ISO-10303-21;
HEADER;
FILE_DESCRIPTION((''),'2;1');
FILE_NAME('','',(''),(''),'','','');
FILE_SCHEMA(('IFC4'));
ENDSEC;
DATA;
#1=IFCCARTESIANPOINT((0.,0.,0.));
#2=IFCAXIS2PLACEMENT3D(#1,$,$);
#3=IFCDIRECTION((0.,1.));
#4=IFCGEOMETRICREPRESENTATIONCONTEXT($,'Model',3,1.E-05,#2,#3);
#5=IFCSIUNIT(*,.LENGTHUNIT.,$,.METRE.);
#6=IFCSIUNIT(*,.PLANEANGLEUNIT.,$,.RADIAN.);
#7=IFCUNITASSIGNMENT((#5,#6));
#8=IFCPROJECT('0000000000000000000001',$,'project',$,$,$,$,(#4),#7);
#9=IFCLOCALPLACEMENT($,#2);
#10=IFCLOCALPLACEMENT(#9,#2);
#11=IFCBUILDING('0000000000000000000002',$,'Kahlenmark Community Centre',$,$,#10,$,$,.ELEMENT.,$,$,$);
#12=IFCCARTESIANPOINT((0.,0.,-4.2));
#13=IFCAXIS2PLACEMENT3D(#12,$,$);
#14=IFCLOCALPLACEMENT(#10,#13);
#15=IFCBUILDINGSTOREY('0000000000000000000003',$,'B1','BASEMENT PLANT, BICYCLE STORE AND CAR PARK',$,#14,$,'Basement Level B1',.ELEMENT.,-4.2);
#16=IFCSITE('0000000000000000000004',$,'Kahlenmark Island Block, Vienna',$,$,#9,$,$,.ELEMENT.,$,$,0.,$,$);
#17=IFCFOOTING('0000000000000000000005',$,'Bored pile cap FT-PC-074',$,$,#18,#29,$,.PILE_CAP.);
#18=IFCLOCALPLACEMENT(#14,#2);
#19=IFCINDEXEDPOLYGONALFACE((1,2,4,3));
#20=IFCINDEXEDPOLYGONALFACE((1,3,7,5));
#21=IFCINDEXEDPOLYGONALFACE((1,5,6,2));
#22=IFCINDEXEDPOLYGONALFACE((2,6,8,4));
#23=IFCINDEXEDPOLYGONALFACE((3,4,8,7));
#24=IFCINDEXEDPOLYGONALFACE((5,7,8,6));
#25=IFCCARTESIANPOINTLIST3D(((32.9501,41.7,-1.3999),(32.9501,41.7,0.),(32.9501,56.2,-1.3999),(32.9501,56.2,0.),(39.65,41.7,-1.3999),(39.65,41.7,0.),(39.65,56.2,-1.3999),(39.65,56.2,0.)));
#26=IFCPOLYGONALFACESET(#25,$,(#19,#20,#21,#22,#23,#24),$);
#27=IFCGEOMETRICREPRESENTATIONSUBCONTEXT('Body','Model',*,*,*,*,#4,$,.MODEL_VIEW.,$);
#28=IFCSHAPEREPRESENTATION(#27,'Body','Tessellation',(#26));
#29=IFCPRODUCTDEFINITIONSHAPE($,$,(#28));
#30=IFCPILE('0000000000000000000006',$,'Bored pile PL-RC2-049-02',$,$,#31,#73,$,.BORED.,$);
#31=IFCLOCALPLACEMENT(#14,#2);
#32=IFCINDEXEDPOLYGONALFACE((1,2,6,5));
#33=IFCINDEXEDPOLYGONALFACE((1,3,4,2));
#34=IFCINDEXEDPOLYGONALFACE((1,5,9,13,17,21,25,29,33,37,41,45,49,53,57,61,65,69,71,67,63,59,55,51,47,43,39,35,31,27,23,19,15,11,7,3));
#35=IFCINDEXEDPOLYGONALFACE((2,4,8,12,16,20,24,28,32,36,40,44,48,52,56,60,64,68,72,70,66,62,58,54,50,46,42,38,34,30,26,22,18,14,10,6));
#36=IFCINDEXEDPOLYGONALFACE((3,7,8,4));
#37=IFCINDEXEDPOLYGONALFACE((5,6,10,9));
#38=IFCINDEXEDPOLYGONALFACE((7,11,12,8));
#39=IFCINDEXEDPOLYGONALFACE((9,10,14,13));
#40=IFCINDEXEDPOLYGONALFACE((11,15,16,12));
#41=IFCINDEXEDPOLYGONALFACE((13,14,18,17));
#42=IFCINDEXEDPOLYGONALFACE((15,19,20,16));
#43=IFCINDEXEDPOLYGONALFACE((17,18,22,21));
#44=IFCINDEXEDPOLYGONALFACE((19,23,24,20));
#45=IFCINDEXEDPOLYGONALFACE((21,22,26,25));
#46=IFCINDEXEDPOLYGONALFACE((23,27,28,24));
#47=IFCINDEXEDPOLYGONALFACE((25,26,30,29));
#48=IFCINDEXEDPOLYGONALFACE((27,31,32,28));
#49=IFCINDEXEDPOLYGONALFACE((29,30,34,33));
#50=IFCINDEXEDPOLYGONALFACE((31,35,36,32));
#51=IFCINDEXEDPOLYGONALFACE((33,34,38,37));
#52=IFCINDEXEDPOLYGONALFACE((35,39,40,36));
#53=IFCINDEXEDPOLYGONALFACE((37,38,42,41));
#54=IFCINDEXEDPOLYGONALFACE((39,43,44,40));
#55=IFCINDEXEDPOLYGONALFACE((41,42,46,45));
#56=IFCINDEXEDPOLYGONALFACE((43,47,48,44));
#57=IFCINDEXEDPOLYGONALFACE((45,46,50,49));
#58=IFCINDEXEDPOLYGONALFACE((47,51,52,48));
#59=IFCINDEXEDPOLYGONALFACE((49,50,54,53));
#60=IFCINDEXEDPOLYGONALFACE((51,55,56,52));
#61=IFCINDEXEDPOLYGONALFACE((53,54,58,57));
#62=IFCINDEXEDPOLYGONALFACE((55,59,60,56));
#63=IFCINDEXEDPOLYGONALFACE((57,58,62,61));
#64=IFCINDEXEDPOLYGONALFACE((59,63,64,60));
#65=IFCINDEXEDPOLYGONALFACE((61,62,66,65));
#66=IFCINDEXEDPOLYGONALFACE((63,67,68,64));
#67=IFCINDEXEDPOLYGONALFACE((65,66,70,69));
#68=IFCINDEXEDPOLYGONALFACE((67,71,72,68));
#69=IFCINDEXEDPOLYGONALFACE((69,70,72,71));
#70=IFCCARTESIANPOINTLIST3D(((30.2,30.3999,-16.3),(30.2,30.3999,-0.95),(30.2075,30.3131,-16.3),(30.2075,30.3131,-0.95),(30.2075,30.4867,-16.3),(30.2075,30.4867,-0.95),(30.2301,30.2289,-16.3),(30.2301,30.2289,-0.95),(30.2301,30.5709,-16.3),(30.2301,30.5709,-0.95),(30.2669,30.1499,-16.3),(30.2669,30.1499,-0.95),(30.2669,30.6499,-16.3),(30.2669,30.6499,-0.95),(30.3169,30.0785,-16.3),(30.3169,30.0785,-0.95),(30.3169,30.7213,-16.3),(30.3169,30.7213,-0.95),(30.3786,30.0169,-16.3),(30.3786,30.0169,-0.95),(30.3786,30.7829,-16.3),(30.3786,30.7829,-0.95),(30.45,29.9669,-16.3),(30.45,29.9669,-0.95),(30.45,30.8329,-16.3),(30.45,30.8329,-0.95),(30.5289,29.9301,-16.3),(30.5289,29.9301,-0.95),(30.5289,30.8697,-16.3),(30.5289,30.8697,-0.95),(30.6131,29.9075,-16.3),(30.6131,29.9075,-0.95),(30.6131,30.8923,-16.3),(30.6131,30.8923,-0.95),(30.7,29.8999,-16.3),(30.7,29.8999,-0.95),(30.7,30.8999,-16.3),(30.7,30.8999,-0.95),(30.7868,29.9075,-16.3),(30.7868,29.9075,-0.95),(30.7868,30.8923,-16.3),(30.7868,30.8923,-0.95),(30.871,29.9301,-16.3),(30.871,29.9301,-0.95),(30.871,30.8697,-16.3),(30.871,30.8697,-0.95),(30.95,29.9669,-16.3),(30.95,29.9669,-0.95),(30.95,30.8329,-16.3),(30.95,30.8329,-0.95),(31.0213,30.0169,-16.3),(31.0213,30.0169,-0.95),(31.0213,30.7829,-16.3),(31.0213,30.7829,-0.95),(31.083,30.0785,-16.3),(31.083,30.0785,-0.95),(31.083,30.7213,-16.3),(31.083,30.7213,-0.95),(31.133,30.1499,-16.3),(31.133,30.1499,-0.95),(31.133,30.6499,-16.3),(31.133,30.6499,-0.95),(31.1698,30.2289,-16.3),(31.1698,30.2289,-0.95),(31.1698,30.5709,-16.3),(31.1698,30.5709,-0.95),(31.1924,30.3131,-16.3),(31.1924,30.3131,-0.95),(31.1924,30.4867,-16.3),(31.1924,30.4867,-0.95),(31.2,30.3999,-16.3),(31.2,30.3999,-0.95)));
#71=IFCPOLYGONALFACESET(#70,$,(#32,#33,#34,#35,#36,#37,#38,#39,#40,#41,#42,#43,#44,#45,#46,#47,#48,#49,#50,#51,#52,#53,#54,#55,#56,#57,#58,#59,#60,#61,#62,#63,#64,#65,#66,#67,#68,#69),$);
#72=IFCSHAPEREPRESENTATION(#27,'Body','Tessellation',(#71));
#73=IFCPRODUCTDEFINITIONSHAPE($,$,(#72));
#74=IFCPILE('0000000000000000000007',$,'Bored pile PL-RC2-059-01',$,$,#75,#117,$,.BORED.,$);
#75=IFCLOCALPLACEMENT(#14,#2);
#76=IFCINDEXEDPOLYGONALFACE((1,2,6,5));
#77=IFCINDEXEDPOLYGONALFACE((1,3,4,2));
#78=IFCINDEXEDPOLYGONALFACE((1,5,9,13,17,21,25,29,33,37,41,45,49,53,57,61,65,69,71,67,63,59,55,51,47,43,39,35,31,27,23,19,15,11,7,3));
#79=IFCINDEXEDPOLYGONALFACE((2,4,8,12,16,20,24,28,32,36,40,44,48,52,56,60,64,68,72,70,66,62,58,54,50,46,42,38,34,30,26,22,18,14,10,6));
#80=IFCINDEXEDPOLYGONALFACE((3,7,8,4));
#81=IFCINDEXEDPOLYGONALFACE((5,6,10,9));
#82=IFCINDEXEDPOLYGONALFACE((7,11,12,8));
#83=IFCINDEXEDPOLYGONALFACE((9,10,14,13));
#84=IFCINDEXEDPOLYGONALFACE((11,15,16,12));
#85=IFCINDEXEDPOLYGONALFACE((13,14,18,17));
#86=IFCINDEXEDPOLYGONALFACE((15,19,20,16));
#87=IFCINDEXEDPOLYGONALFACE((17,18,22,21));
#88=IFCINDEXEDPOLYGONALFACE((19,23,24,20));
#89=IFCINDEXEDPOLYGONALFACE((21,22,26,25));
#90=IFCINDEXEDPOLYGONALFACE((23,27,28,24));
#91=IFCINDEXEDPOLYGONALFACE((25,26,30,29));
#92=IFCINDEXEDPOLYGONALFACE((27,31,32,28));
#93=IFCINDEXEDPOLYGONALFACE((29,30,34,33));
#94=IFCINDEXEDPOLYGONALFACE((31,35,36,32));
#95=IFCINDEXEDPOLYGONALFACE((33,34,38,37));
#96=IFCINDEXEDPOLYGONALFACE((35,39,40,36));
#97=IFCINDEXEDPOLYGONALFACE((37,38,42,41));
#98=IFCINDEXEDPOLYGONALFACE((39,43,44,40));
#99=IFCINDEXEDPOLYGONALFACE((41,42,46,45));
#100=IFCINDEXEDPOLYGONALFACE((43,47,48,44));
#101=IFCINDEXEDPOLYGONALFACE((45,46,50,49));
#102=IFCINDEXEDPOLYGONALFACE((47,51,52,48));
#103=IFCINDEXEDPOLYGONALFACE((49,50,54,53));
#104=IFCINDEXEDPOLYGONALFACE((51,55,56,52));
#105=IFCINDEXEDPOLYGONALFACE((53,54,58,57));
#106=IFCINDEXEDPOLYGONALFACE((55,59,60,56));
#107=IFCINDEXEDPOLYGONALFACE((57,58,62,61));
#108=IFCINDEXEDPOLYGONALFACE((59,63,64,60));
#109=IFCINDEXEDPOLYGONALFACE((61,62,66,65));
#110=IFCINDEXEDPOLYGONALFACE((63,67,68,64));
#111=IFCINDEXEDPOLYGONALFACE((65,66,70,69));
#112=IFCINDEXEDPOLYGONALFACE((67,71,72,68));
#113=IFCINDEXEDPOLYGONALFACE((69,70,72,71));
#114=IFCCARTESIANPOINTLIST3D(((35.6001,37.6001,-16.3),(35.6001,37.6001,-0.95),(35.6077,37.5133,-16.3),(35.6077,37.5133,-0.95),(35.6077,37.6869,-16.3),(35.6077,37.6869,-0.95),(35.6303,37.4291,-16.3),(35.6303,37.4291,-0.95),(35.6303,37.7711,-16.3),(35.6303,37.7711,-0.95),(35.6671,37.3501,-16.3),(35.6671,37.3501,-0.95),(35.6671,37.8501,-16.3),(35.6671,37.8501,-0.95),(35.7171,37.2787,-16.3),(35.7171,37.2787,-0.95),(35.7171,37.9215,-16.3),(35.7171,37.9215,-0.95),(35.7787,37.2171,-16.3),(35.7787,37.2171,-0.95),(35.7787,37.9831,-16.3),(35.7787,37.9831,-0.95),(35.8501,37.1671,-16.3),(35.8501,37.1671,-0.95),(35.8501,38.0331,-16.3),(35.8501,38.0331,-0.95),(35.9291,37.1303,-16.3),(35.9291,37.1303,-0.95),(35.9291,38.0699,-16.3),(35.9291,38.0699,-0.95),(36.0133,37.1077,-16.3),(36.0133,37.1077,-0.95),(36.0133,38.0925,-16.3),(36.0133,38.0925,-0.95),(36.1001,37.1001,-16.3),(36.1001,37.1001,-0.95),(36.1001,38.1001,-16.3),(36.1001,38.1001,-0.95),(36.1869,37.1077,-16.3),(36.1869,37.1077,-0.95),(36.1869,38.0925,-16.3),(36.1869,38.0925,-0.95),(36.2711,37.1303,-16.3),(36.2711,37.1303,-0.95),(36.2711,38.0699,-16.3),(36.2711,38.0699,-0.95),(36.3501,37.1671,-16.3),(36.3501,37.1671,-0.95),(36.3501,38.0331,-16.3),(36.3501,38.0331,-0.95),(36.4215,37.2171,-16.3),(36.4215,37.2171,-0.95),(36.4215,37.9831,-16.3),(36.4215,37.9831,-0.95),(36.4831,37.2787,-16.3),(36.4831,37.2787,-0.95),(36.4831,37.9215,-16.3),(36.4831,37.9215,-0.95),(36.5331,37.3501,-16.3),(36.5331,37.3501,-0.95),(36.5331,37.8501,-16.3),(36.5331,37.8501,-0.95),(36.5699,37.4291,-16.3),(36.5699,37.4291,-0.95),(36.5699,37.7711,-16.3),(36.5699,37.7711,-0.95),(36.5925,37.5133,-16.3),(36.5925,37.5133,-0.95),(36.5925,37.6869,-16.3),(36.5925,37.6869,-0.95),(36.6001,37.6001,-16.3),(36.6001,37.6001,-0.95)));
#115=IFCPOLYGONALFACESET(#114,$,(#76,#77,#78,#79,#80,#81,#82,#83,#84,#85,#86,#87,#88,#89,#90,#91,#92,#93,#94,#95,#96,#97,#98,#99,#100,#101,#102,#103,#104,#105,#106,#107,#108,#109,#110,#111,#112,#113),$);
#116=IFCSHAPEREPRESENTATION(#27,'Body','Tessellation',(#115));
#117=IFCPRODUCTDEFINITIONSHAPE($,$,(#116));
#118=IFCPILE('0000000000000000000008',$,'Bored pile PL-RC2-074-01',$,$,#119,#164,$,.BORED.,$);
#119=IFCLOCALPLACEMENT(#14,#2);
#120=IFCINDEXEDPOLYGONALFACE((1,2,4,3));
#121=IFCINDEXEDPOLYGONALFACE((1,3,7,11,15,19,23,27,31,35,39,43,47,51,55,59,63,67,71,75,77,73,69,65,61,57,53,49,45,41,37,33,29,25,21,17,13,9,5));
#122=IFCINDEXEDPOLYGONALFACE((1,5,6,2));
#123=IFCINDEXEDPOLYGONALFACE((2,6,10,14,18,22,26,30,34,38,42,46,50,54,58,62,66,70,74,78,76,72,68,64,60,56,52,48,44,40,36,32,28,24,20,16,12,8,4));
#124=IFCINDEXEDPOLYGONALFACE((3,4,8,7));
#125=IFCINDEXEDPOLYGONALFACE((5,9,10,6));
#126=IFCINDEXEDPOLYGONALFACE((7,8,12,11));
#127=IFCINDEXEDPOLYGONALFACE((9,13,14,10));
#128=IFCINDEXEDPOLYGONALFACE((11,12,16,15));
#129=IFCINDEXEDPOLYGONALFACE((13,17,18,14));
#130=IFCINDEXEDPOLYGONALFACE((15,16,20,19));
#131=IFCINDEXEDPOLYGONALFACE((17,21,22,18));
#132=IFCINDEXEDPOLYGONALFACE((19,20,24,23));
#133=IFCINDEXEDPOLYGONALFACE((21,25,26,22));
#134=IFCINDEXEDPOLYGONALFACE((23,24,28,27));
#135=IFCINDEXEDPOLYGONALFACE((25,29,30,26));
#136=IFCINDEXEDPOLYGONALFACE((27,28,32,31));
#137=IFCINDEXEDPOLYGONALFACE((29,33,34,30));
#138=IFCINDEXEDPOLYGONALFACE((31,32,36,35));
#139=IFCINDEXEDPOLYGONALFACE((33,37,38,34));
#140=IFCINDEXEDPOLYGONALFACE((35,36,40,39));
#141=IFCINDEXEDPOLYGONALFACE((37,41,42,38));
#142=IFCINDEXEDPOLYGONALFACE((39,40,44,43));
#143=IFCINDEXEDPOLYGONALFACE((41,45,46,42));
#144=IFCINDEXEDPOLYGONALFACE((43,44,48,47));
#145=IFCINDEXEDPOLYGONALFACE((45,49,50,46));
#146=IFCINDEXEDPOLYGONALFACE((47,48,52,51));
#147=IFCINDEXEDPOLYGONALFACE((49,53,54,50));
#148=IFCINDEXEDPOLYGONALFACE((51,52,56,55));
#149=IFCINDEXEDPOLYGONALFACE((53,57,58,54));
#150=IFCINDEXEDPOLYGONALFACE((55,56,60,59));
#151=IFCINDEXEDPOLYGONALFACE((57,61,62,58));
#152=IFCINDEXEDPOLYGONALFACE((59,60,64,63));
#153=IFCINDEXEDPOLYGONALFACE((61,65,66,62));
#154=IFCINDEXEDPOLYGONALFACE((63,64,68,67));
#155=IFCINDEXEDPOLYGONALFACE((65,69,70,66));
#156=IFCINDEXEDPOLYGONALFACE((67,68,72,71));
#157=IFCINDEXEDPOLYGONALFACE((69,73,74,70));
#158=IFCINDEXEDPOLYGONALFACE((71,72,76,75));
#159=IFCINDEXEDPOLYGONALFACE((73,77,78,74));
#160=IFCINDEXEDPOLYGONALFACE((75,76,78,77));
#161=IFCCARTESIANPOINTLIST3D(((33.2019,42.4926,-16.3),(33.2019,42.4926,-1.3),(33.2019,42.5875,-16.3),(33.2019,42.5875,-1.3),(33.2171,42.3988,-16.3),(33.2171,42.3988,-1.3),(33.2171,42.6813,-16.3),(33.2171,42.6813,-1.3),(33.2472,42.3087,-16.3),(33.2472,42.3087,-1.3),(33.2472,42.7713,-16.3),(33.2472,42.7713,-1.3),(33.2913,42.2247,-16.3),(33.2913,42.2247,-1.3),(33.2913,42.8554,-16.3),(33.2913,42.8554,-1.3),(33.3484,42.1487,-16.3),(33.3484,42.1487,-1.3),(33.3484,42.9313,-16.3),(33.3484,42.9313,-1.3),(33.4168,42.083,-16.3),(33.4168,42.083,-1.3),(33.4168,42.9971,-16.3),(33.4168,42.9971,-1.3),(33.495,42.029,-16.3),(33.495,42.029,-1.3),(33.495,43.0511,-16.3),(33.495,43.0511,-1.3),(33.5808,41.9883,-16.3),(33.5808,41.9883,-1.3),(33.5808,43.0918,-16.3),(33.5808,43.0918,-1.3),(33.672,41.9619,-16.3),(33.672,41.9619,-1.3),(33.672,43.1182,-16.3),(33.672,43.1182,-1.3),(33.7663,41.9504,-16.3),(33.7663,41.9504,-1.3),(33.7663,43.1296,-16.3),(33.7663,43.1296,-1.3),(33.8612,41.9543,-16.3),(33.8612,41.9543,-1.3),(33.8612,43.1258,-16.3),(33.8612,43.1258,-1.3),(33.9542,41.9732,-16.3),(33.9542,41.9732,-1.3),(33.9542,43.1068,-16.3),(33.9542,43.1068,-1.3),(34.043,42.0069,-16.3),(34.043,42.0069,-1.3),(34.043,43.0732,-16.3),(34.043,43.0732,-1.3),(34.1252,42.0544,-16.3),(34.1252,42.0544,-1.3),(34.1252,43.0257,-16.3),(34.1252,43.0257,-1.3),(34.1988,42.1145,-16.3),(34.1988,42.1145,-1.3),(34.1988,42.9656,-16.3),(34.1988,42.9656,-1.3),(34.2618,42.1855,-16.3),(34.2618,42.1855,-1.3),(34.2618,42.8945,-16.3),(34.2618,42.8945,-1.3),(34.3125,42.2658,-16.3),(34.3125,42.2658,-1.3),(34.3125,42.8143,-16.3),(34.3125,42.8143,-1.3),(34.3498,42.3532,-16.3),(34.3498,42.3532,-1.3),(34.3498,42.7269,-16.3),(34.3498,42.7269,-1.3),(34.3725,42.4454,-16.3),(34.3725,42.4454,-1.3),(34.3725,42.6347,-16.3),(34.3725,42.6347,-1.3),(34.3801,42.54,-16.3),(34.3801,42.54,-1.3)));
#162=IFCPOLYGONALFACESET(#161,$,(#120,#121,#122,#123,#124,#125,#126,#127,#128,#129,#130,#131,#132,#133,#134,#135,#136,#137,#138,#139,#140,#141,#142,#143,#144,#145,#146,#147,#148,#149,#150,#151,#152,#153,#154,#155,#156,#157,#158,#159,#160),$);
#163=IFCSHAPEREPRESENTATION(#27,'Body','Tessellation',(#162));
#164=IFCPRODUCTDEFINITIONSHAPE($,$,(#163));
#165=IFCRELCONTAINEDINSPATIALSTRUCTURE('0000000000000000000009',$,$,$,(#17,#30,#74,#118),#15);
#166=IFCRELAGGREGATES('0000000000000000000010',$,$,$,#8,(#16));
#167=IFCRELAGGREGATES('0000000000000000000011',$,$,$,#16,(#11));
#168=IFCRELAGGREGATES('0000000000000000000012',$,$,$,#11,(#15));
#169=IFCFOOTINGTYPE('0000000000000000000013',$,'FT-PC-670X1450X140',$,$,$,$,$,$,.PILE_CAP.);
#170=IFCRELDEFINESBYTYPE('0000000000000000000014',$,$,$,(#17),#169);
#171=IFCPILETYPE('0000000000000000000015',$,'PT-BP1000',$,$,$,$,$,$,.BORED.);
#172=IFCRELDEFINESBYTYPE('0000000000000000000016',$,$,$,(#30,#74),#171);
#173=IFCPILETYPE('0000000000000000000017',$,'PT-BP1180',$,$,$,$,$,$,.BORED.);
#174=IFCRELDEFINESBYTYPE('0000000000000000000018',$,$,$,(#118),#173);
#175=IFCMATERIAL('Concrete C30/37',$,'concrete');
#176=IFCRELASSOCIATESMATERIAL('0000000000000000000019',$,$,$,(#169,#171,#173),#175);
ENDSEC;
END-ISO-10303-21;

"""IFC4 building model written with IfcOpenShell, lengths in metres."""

from ifc_helpers import new_model, si_unit, direction, frame, origin, origin_2d, place, context, subcontext, project, spatial, rectangle, circle, extrude, material, material_profile, profile_set, type_object, element, save


model = new_model("IFC4")

# Units and contexts
model_context = context("Model", 3, precision=1e-05, world=origin(), true_north=direction((0.0, 1.0)))
body_context = subcontext(model_context, "Body", "Model", "MODEL_VIEW")
ifc_project = project(units=[si_unit("LENGTHUNIT", "METRE"), si_unit("PLANEANGLEUNIT", "RADIAN")], contexts=[model_context])

# Site, building, storey
site_placement = place(None, origin())
site = spatial("IfcSite", under=ifc_project, at=site_placement, Name="Kahlenmark Island Block, Vienna", CompositionType="ELEMENT", RefElevation=0.0)
building_placement = place(site_placement, origin())
building = spatial("IfcBuilding", under=site, at=building_placement, Name="Kahlenmark Community Centre", CompositionType="ELEMENT")
storey_placement = place(building_placement, frame((0.0, 0.0, -4.2)))
storey = spatial("IfcBuildingStorey", under=building, at=storey_placement, Name="B1", Description="BASEMENT PLANT, BICYCLE STORE AND CAR PARK", LongName="Basement Level B1", CompositionType="ELEMENT", Elevation=-4.2)

# Footing
ifc_material_1 = material(Name="Concrete C30/37", Category="concrete")
footing_type_1 = type_object("IfcFootingType", Name="FT-PC-670X1450X140", PredefinedType="PILE_CAP", material=ifc_material_1)
footing_1_placement = place(storey_placement, frame((36.3, 48.95, -1.3999), z_axis=(0.0, 0.0, 1.0), x_axis=(1.0, 0.0, 0.0)))
element("IfcFooting", 1, at=footing_1_placement, inside=storey, type_object=footing_type_1, Name="Bored pile cap FT-PC-074", PredefinedType="PILE_CAP", context=body_context, shape_type="SweptSolid", body=[
    extrude(rectangle(XDim=6.7, YDim=14.5, at=origin_2d()), origin(), (0.0, 0.0, 1.0), 1.3999),
])

# Piles
ifc_material_profile_1 = material_profile(ifc_material_1, circle(Radius=0.5, at=origin_2d()), Name="BORED PILE 1000")
ifc_profile_set_1 = profile_set([ifc_material_profile_1], Name="Concrete C30/37")
pile_type_1 = type_object("IfcPileType", Name="PT-BP1000", PredefinedType="BORED", material=ifc_profile_set_1)
for number, where, z_axis, x_axis, name in (
    (2, (30.7, 30.3999, -0.95), (0.0, 0.0, -1.0), (1.0, 0.0, 0.0), "Bored pile PL-RC2-049-02"),
    (3, (36.1001, 37.6001, -0.95), (0.0, 0.0, -1.0), (1.0, 0.0, 0.0), "Bored pile PL-RC2-059-01"),
):
    element("IfcPile", number, at=place(storey_placement, frame(where, z_axis=z_axis, x_axis=x_axis)), inside=storey, type_object=pile_type_1, Name=name, PredefinedType="BORED", context=body_context, shape_type="SweptSolid", body=[
        extrude(circle(Radius=0.5, at=origin_2d()), origin(), (0.0, 0.0, 1.0), 15.3501),
    ])
ifc_material_profile_2 = material_profile(ifc_material_1, circle(Radius=0.5901, at=origin_2d()), Name="BORED PILE 1180")
ifc_profile_set_2 = profile_set([ifc_material_profile_2], Name="Concrete C30/37")
pile_type_2 = type_object("IfcPileType", Name="PT-BP1180", PredefinedType="BORED", material=ifc_profile_set_2)
for number, where, z_axis, x_axis, name in (
    (4, (33.79, 42.54, -1.3), (0.0, 0.0, -1.0), (1.0, 0.0, 0.0), "Bored pile PL-RC2-074-01"),
):
    element("IfcPile", number, at=place(storey_placement, frame(where, z_axis=z_axis, x_axis=x_axis)), inside=storey, type_object=pile_type_2, Name=name, PredefinedType="BORED", context=body_context, shape_type="SweptSolid", body=[
        extrude(circle(Radius=0.5901, at=origin_2d()), origin(), (0.0, 0.0, 1.0), 15.0),
    ])

save(model, "model.ifc")
